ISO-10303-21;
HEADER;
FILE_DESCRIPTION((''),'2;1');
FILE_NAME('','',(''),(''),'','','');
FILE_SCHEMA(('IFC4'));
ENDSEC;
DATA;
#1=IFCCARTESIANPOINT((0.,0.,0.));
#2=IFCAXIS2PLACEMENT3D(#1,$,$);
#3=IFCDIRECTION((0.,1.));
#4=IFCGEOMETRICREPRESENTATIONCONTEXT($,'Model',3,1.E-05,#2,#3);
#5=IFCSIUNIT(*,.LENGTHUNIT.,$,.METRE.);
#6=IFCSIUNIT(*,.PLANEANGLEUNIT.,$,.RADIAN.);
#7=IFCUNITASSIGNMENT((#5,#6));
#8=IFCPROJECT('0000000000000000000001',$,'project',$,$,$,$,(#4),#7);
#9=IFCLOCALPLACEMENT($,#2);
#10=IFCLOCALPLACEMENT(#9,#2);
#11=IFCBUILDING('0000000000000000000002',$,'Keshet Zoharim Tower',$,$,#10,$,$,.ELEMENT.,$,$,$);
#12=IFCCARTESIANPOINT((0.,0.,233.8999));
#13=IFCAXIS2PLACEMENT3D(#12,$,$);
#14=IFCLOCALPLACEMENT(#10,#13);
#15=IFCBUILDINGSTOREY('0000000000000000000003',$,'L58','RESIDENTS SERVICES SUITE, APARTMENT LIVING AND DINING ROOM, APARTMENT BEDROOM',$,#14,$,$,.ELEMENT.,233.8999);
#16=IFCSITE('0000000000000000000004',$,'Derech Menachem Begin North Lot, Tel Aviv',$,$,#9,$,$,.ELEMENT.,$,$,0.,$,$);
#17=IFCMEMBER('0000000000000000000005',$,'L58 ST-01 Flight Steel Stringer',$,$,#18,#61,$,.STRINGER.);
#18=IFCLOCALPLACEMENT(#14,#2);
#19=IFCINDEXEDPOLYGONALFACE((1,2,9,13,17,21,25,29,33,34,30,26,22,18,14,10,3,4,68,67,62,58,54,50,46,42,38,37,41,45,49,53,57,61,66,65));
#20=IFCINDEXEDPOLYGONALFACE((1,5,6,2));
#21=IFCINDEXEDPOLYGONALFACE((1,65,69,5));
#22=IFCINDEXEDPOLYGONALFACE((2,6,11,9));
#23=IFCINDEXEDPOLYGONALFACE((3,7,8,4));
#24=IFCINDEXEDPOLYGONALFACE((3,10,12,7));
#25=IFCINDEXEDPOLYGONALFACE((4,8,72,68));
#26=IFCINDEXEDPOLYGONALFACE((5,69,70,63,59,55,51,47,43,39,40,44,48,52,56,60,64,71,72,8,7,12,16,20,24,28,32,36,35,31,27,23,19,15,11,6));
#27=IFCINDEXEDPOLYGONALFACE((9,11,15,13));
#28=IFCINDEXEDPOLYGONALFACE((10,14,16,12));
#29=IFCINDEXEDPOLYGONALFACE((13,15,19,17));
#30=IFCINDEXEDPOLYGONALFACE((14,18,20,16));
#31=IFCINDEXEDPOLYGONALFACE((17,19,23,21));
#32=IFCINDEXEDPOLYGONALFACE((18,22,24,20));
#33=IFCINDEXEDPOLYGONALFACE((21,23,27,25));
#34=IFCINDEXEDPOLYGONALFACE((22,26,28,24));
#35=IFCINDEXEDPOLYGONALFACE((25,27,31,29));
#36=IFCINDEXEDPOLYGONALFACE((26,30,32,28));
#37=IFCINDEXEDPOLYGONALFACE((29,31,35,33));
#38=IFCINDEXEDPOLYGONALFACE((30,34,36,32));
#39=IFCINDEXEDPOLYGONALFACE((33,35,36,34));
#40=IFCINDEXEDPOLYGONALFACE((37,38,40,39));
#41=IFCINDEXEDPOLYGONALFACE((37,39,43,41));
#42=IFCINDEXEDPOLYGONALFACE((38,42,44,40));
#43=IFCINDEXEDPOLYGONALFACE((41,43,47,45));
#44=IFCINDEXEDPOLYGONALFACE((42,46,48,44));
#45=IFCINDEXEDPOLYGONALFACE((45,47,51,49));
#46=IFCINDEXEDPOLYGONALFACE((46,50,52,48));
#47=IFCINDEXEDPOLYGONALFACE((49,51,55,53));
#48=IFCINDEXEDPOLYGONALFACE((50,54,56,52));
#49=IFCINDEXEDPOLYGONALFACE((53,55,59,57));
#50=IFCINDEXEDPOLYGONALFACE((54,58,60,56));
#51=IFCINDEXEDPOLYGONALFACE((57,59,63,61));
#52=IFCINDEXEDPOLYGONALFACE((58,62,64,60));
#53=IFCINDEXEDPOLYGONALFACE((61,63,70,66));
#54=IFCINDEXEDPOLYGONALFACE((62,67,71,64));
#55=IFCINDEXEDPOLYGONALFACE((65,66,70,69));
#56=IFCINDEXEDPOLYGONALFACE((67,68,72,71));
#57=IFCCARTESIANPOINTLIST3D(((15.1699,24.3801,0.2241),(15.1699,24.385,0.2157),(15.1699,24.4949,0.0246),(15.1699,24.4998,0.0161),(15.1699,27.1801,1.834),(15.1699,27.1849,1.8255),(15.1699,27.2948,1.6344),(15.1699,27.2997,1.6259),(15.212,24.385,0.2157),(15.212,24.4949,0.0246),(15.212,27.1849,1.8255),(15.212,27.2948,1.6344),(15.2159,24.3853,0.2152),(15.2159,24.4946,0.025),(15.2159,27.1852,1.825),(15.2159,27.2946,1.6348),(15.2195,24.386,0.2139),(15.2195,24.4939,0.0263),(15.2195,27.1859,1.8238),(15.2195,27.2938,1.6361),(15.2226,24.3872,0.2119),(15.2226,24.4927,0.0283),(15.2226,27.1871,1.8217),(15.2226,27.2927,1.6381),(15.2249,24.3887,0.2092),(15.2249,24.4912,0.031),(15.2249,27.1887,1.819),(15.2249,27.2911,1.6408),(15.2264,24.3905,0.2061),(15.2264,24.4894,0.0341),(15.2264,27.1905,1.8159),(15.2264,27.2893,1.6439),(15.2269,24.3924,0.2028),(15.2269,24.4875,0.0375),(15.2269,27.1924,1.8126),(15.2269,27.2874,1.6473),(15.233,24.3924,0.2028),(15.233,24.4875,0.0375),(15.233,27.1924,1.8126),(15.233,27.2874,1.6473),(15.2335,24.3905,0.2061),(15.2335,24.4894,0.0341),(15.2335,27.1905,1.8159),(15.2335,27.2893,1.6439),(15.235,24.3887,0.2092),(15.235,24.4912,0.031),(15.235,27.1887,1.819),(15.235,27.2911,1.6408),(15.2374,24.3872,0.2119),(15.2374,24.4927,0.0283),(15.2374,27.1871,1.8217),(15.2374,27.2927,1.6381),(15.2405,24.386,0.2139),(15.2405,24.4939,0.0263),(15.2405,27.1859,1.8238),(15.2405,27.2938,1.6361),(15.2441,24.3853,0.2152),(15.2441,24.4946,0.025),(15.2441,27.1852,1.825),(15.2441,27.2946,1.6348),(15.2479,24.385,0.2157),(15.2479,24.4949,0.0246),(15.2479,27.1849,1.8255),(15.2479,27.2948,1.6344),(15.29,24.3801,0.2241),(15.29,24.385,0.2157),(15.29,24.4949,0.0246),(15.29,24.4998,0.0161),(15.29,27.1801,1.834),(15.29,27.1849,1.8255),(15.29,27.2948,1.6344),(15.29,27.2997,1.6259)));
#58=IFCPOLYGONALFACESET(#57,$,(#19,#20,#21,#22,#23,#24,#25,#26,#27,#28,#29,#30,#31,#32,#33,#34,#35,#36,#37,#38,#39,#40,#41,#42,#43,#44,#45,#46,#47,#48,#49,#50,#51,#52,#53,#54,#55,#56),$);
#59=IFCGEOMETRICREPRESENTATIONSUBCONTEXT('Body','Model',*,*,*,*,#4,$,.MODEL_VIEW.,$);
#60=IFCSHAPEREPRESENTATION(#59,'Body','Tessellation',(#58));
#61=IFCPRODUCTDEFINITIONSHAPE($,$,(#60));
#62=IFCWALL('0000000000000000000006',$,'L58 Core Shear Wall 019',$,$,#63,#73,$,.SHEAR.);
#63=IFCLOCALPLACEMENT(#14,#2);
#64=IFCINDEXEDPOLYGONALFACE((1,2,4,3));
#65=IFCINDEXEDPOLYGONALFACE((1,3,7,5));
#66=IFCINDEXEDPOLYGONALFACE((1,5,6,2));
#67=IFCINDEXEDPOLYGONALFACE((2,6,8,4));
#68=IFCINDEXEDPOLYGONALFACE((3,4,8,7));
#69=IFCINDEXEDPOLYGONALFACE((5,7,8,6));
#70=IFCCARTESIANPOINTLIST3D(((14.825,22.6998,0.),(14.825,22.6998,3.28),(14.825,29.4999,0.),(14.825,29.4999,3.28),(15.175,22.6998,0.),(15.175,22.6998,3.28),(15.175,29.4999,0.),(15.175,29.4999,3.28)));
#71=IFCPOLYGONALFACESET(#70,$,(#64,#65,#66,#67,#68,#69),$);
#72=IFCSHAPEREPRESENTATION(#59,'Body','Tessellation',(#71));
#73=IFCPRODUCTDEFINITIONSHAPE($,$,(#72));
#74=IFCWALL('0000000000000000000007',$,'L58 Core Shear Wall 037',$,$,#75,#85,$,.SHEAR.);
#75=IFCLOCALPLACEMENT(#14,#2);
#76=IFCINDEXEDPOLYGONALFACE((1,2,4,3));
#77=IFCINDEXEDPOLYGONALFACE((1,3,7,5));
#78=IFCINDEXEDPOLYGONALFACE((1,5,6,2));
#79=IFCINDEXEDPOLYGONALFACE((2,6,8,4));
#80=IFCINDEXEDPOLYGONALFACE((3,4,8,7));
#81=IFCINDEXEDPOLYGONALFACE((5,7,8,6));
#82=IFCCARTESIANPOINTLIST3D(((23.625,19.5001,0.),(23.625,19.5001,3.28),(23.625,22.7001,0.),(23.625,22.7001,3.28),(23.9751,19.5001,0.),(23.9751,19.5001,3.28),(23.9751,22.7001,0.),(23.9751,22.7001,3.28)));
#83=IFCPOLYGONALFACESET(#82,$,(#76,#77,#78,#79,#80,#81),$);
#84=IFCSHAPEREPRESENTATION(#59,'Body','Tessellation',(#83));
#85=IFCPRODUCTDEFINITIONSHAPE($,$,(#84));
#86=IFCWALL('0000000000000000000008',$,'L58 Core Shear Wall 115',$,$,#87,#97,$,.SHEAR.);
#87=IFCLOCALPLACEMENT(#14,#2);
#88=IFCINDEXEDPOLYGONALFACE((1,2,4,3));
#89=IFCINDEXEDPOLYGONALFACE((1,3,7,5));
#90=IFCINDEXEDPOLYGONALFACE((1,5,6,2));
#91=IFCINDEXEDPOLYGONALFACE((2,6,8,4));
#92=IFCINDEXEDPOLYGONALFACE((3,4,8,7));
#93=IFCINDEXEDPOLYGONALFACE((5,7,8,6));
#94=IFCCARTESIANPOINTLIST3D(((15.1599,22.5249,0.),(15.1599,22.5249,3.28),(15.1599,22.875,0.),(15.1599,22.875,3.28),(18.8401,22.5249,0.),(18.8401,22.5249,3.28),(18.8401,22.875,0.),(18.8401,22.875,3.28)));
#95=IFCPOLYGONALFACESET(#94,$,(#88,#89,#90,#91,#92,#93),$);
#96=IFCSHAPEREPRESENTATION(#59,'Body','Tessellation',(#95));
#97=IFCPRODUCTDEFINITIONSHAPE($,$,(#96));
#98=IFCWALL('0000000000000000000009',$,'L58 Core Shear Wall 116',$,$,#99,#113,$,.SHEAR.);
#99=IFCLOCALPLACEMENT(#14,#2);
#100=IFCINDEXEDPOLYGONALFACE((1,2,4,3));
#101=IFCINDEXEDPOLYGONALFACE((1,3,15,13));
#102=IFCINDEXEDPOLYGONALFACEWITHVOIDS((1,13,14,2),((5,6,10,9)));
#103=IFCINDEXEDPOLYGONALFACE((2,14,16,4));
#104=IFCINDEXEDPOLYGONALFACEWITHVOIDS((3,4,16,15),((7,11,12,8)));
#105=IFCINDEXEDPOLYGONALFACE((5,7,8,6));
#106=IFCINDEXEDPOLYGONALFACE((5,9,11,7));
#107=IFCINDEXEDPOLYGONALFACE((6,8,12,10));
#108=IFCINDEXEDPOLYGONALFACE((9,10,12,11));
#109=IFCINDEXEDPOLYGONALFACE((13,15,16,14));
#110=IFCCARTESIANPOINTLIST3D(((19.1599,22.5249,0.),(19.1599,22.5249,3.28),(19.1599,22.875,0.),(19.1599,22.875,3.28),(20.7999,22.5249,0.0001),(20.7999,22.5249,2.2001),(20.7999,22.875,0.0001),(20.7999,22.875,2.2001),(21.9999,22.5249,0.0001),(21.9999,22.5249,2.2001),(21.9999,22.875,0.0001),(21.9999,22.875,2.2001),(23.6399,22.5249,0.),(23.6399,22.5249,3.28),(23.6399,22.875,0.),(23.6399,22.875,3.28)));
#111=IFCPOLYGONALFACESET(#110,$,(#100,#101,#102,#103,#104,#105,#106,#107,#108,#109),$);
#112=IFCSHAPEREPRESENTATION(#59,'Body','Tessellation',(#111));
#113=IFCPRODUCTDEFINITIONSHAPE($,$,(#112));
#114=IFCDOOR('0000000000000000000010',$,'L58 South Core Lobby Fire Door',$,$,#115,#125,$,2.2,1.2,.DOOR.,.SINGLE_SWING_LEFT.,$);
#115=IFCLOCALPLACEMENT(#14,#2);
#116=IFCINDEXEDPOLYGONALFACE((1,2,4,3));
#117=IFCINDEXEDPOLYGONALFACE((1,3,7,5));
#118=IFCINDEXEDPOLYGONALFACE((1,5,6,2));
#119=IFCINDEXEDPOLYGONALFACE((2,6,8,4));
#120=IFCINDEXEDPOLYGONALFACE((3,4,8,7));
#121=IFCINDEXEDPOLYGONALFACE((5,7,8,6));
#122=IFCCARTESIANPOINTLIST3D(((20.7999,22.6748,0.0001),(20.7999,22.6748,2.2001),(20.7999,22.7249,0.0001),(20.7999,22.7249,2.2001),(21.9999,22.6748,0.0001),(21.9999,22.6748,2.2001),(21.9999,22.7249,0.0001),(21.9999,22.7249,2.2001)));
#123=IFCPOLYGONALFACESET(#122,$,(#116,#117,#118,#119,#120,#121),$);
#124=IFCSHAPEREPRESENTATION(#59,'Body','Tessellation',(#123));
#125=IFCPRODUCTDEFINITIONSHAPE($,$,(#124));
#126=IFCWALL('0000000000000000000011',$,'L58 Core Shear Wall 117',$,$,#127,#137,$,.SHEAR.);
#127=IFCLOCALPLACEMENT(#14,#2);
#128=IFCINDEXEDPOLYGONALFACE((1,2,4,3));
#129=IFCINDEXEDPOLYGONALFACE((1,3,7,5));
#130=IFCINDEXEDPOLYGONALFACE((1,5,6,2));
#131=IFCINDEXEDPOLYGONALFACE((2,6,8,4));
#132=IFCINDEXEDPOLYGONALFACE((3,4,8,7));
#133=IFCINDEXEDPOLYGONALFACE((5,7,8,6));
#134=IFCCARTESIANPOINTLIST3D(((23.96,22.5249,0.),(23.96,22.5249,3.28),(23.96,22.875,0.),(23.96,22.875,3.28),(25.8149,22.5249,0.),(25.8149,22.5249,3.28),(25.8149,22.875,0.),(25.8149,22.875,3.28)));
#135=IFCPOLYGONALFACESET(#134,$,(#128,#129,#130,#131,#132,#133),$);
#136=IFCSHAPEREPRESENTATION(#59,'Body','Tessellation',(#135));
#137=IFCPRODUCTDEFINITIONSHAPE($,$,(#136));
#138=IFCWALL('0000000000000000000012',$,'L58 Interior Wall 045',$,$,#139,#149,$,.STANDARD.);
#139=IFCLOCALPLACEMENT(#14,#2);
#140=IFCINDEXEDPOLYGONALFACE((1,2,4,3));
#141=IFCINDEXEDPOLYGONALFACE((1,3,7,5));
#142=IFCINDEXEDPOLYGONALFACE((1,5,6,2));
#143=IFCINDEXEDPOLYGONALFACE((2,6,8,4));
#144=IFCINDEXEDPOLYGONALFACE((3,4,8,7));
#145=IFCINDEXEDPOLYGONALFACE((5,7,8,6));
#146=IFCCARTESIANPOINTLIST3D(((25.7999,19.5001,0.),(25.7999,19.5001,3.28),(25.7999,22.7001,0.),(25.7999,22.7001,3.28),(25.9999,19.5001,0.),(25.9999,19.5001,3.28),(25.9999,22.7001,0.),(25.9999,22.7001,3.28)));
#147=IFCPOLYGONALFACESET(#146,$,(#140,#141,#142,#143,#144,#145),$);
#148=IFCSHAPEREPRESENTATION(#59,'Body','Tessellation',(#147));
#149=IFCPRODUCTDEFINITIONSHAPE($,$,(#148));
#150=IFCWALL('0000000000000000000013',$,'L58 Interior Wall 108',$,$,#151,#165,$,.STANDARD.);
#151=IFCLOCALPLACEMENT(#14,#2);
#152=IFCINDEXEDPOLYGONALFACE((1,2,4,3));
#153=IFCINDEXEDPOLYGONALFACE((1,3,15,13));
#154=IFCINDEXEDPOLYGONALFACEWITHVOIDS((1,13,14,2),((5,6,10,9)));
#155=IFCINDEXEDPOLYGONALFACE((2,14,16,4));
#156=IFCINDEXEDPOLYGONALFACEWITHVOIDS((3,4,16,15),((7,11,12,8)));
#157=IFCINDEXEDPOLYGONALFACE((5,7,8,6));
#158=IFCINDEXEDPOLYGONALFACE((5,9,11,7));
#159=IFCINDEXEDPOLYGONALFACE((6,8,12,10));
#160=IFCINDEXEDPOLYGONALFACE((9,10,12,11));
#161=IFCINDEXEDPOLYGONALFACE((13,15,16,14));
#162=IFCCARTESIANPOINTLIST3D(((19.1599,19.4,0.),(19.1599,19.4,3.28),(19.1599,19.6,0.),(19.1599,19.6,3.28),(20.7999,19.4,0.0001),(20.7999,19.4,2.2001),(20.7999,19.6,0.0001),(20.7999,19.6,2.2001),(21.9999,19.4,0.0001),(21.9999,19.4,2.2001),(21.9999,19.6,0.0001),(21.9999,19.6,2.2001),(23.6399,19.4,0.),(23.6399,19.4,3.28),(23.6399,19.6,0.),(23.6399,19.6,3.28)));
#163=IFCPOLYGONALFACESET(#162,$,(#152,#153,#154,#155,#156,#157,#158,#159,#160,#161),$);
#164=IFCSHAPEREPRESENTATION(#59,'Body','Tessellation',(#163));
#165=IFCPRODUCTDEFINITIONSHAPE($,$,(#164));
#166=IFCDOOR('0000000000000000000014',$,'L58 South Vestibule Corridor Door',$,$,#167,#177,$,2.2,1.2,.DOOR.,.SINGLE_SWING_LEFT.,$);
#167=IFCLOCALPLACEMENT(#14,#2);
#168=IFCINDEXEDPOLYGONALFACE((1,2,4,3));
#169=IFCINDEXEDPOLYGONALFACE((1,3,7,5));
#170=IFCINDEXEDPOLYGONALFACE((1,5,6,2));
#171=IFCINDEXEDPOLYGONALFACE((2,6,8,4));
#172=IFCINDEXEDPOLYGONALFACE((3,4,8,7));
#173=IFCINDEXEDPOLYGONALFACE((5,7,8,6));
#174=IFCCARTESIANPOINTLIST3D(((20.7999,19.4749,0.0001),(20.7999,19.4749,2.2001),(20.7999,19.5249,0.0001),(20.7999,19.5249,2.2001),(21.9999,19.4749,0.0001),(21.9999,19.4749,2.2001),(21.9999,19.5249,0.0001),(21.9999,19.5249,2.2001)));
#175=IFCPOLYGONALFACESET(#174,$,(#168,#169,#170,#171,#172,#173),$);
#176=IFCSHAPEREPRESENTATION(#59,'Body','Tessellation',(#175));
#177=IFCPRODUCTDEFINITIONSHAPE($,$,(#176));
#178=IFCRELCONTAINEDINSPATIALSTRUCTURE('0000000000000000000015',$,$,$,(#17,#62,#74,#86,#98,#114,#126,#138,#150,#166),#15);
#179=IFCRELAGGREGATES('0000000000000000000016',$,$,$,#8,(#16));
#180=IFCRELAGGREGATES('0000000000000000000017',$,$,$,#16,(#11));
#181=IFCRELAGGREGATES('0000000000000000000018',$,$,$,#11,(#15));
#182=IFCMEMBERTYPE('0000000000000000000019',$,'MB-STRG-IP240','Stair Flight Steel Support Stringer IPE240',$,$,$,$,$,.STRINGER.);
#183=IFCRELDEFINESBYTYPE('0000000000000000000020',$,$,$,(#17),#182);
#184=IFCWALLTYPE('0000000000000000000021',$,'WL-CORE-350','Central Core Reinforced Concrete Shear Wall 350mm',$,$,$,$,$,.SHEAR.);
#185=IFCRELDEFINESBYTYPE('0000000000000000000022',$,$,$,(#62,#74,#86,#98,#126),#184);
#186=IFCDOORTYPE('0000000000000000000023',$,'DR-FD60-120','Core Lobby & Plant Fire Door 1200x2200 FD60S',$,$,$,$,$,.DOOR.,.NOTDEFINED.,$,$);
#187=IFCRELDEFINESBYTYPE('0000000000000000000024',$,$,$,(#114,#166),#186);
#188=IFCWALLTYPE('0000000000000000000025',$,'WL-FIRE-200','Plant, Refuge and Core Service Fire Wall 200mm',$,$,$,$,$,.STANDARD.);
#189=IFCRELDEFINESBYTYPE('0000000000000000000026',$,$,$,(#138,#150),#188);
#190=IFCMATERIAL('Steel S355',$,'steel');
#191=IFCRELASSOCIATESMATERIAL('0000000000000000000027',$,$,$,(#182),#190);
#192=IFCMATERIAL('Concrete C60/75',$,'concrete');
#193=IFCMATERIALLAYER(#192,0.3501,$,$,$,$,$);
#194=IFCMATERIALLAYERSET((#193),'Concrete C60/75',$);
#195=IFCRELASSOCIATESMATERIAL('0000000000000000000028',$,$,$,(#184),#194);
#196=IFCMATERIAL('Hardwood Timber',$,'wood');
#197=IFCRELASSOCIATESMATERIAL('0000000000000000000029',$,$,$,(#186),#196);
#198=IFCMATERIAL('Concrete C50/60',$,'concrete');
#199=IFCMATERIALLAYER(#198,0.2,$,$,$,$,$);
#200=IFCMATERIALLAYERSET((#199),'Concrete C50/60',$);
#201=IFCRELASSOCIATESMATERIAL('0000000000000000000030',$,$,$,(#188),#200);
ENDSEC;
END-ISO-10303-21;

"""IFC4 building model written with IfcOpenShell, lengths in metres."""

from ifc_helpers import new_model, si_unit, direction, frame, frame_2d, origin, origin_2d, place, context, subcontext, project, spatial, rectangle, i_section, extrude, material, layer, layer_set, material_profile, profile_set, type_object, element, fill, save


model = new_model("IFC4")

# Units and contexts
model_context = context("Model", 3, precision=1e-05, world=origin(), true_north=direction((0.0, 1.0)))
body_context = subcontext(model_context, "Body", "Model", "MODEL_VIEW")
ifc_project = project(units=[si_unit("LENGTHUNIT", "METRE"), si_unit("PLANEANGLEUNIT", "RADIAN")], contexts=[model_context])

# Site, building, storey
site_placement = place(None, origin())
site = spatial("IfcSite", under=ifc_project, at=site_placement, Name="Derech Menachem Begin North Lot, Tel Aviv", CompositionType="ELEMENT", RefElevation=0.0)
building_placement = place(site_placement, origin())
building = spatial("IfcBuilding", under=site, at=building_placement, Name="Keshet Zoharim Tower", CompositionType="ELEMENT")
storey_placement = place(building_placement, frame((0.0, 0.0, 233.8999)))
storey = spatial("IfcBuildingStorey", under=building, at=storey_placement, Name="L58", Description="RESIDENTS SERVICES SUITE, APARTMENT LIVING AND DINING ROOM, APARTMENT BEDROOM", CompositionType="ELEMENT", Elevation=233.8999)

# Member
ifc_material_1 = material(Name="Steel S355", Category="steel")
ifc_material_profile = material_profile(ifc_material_1, i_section(OverallWidth=0.1201, OverallDepth=0.24, WebThickness=0.0061, FlangeThickness=0.0098, FilletRadius=0.0149, at=origin_2d()), Name="IPE240")
ifc_profile_set = profile_set([ifc_material_profile], Name="Steel S355")
member_type = type_object("IfcMemberType", Name="MB-STRG-IP240", Description="Stair Flight Steel Support Stringer IPE240", PredefinedType="STRINGER", material=ifc_profile_set)
member_placement = place(storey_placement, frame((15.23, 24.4399, 0.1201), z_axis=(0.0, 0.866928, 0.498433), x_axis=(-1.0, 0.0, 0.0)))
element("IfcMember", 1, at=member_placement, inside=storey, type_object=member_type, Name="L58 ST-01 Flight Steel Stringer", PredefinedType="STRINGER", context=body_context, shape_type="SweptSolid", body=[
    extrude(i_section(OverallWidth=0.1201, OverallDepth=0.24, WebThickness=0.0061, FlangeThickness=0.0098, FilletRadius=0.0149, at=origin_2d()), origin(), (0.0, 0.0, 1.0), 3.2297),
])

# Wall
ifc_material_2 = material(Name="Concrete C60/75", Category="concrete")
ifc_layer_1 = layer(ifc_material_2, 0.3501)
ifc_layer_set_1 = layer_set([ifc_layer_1], Name="Concrete C60/75")
wall_type_1 = type_object("IfcWallType", Name="WL-CORE-350", Description="Central Core Reinforced Concrete Shear Wall 350mm", PredefinedType="SHEAR", material=ifc_layer_set_1)
wall_1_placement = place(storey_placement, frame((15.0, 22.7, 0.0), z_axis=(0.0, 0.0, 1.0), x_axis=(0.0, 1.0, 0.0)))
element("IfcWall", 2, at=wall_1_placement, inside=storey, type_object=wall_type_1, Name="L58 Core Shear Wall 019", PredefinedType="SHEAR", context=body_context, shape_type="SweptSolid", body=[
    extrude(rectangle(XDim=6.8, YDim=0.3501, at=frame_2d((3.3999, 0.0))), origin(), (0.0, 0.0, 1.0), 3.28),
])

# Shared definitions
ifc_material_3 = material(Name="Hardwood Timber", Category="wood")

# Wall
wall_2_placement = place(storey_placement, frame((23.8, 19.5, 0.0), z_axis=(0.0, 0.0, 1.0), x_axis=(0.0, 1.0, 0.0)))
element("IfcWall", 3, at=wall_2_placement, inside=storey, type_object=wall_type_1, Name="L58 Core Shear Wall 037", PredefinedType="SHEAR", context=body_context, shape_type="SweptSolid", body=[
    extrude(rectangle(XDim=3.2, YDim=0.3501, at=frame_2d((1.6001, 0.0))), origin(), (0.0, 0.0, 1.0), 3.28),
])

# Wall
wall_3_placement = place(storey_placement, frame((15.1599, 22.7, 0.0), z_axis=(0.0, 0.0, 1.0), x_axis=(1.0, 0.0, 0.0)))
element("IfcWall", 4, at=wall_3_placement, inside=storey, type_object=wall_type_1, Name="L58 Core Shear Wall 115", PredefinedType="SHEAR", context=body_context, shape_type="SweptSolid", body=[
    extrude(rectangle(XDim=3.6802, YDim=0.3501, at=frame_2d((1.8401, 0.0))), origin(), (0.0, 0.0, 1.0), 3.28),
])

# Wall, opening, door
wall_4_placement = place(storey_placement, frame((19.1599, 22.7, 0.0), z_axis=(0.0, 0.0, 1.0), x_axis=(1.0, 0.0, 0.0)))
wall_4 = element("IfcWall", 5, at=wall_4_placement, inside=storey, type_object=wall_type_1, Name="L58 Core Shear Wall 116", PredefinedType="SHEAR", context=body_context, shape_type="SweptSolid", body=[
    extrude(rectangle(XDim=4.48, YDim=0.3501, at=frame_2d((2.24, 0.0))), origin(), (0.0, 0.0, 1.0), 3.28),
])
opening_1_placement = place(wall_4_placement, frame((1.6399, 0.0, 0.0)))
opening_1 = element("IfcOpeningElement", 6, at=opening_1_placement, cuts=wall_4, PredefinedType="OPENING", context=body_context, shape_type="SweptSolid", body=[
    extrude(rectangle(XDim=1.2, YDim=2.2, at=frame_2d((0.6001, 1.1001))), frame((0.0, 0.1851, 0.0), z_axis=(0.0, -1.0, 0.0), x_axis=(1.0, 0.0, 0.0)), (0.0, 0.0, 1.0), 0.3701),
])
door_type_1 = type_object("IfcDoorType", Name="DR-FD60-120", Description="Core Lobby & Plant Fire Door 1200x2200 FD60S", OperationType="NOTDEFINED", PredefinedType="DOOR", material=ifc_material_3)
door_1_placement = place(opening_1_placement, origin())
door_1 = element("IfcDoor", 7, at=door_1_placement, inside=storey, type_object=door_type_1, Name="L58 South Core Lobby Fire Door", OperationType="SINGLE_SWING_LEFT", OverallHeight=2.2, OverallWidth=1.2, PredefinedType="DOOR", context=body_context, shape_type="SweptSolid", body=[
    extrude(rectangle(XDim=1.2, YDim=2.2, at=frame_2d((0.6001, 1.1001))), frame((0.0, 0.0249, 0.0), z_axis=(0.0, -1.0, 0.0), x_axis=(1.0, 0.0, 0.0)), (0.0, 0.0, 1.0), 0.05),
])
fill(opening_1, door_1)

# Walls
wall_5_placement = place(storey_placement, frame((23.96, 22.7, 0.0), z_axis=(0.0, 0.0, 1.0), x_axis=(1.0, 0.0, 0.0)))
element("IfcWall", 8, at=wall_5_placement, inside=storey, type_object=wall_type_1, Name="L58 Core Shear Wall 117", PredefinedType="SHEAR", context=body_context, shape_type="SweptSolid", body=[
    extrude(rectangle(XDim=1.855, YDim=0.3501, at=frame_2d((0.9275, 0.0))), origin(), (0.0, 0.0, 1.0), 3.28),
])
ifc_material_4 = material(Name="Concrete C50/60", Category="concrete")
ifc_layer_2 = layer(ifc_material_4, 0.2)
ifc_layer_set_2 = layer_set([ifc_layer_2], Name="Concrete C50/60")
wall_type_2 = type_object("IfcWallType", Name="WL-FIRE-200", Description="Plant, Refuge and Core Service Fire Wall 200mm", PredefinedType="STANDARD", material=ifc_layer_set_2)
wall_6_placement = place(storey_placement, frame((25.8999, 19.5, 0.0), z_axis=(0.0, 0.0, 1.0), x_axis=(0.0, 1.0, 0.0)))
element("IfcWall", 9, at=wall_6_placement, inside=storey, type_object=wall_type_2, Name="L58 Interior Wall 045", PredefinedType="STANDARD", context=body_context, shape_type="SweptSolid", body=[
    extrude(rectangle(XDim=3.2, YDim=0.2, at=frame_2d((1.6001, 0.0))), origin(), (0.0, 0.0, 1.0), 3.28),
])

# Wall, opening, door
wall_7_placement = place(storey_placement, frame((19.1599, 19.5, 0.0), z_axis=(0.0, 0.0, 1.0), x_axis=(1.0, 0.0, 0.0)))
wall_7 = element("IfcWall", 10, at=wall_7_placement, inside=storey, type_object=wall_type_2, Name="L58 Interior Wall 108", PredefinedType="STANDARD", context=body_context, shape_type="SweptSolid", body=[
    extrude(rectangle(XDim=4.48, YDim=0.2, at=frame_2d((2.24, 0.0))), origin(), (0.0, 0.0, 1.0), 3.28),
])
opening_2_placement = place(wall_7_placement, frame((1.6399, 0.0, 0.0)))
opening_2 = element("IfcOpeningElement", 11, at=opening_2_placement, cuts=wall_7, PredefinedType="OPENING", context=body_context, shape_type="SweptSolid", body=[
    extrude(rectangle(XDim=1.2, YDim=2.2, at=frame_2d((0.6001, 1.1001))), frame((0.0, 0.1099, 0.0), z_axis=(0.0, -1.0, 0.0), x_axis=(1.0, 0.0, 0.0)), (0.0, 0.0, 1.0), 0.22),
])
door_2_placement = place(opening_2_placement, origin())
door_2 = element("IfcDoor", 12, at=door_2_placement, inside=storey, type_object=door_type_1, Name="L58 South Vestibule Corridor Door", OperationType="SINGLE_SWING_LEFT", OverallHeight=2.2, OverallWidth=1.2, PredefinedType="DOOR", context=body_context, shape_type="SweptSolid", body=[
    extrude(rectangle(XDim=1.2, YDim=2.2, at=frame_2d((0.6001, 1.1001))), frame((0.0, 0.0249, 0.0), z_axis=(0.0, -1.0, 0.0), x_axis=(1.0, 0.0, 0.0)), (0.0, 0.0, 1.0), 0.05),
])
fill(opening_2, door_2)

save(model, "model.ifc")
